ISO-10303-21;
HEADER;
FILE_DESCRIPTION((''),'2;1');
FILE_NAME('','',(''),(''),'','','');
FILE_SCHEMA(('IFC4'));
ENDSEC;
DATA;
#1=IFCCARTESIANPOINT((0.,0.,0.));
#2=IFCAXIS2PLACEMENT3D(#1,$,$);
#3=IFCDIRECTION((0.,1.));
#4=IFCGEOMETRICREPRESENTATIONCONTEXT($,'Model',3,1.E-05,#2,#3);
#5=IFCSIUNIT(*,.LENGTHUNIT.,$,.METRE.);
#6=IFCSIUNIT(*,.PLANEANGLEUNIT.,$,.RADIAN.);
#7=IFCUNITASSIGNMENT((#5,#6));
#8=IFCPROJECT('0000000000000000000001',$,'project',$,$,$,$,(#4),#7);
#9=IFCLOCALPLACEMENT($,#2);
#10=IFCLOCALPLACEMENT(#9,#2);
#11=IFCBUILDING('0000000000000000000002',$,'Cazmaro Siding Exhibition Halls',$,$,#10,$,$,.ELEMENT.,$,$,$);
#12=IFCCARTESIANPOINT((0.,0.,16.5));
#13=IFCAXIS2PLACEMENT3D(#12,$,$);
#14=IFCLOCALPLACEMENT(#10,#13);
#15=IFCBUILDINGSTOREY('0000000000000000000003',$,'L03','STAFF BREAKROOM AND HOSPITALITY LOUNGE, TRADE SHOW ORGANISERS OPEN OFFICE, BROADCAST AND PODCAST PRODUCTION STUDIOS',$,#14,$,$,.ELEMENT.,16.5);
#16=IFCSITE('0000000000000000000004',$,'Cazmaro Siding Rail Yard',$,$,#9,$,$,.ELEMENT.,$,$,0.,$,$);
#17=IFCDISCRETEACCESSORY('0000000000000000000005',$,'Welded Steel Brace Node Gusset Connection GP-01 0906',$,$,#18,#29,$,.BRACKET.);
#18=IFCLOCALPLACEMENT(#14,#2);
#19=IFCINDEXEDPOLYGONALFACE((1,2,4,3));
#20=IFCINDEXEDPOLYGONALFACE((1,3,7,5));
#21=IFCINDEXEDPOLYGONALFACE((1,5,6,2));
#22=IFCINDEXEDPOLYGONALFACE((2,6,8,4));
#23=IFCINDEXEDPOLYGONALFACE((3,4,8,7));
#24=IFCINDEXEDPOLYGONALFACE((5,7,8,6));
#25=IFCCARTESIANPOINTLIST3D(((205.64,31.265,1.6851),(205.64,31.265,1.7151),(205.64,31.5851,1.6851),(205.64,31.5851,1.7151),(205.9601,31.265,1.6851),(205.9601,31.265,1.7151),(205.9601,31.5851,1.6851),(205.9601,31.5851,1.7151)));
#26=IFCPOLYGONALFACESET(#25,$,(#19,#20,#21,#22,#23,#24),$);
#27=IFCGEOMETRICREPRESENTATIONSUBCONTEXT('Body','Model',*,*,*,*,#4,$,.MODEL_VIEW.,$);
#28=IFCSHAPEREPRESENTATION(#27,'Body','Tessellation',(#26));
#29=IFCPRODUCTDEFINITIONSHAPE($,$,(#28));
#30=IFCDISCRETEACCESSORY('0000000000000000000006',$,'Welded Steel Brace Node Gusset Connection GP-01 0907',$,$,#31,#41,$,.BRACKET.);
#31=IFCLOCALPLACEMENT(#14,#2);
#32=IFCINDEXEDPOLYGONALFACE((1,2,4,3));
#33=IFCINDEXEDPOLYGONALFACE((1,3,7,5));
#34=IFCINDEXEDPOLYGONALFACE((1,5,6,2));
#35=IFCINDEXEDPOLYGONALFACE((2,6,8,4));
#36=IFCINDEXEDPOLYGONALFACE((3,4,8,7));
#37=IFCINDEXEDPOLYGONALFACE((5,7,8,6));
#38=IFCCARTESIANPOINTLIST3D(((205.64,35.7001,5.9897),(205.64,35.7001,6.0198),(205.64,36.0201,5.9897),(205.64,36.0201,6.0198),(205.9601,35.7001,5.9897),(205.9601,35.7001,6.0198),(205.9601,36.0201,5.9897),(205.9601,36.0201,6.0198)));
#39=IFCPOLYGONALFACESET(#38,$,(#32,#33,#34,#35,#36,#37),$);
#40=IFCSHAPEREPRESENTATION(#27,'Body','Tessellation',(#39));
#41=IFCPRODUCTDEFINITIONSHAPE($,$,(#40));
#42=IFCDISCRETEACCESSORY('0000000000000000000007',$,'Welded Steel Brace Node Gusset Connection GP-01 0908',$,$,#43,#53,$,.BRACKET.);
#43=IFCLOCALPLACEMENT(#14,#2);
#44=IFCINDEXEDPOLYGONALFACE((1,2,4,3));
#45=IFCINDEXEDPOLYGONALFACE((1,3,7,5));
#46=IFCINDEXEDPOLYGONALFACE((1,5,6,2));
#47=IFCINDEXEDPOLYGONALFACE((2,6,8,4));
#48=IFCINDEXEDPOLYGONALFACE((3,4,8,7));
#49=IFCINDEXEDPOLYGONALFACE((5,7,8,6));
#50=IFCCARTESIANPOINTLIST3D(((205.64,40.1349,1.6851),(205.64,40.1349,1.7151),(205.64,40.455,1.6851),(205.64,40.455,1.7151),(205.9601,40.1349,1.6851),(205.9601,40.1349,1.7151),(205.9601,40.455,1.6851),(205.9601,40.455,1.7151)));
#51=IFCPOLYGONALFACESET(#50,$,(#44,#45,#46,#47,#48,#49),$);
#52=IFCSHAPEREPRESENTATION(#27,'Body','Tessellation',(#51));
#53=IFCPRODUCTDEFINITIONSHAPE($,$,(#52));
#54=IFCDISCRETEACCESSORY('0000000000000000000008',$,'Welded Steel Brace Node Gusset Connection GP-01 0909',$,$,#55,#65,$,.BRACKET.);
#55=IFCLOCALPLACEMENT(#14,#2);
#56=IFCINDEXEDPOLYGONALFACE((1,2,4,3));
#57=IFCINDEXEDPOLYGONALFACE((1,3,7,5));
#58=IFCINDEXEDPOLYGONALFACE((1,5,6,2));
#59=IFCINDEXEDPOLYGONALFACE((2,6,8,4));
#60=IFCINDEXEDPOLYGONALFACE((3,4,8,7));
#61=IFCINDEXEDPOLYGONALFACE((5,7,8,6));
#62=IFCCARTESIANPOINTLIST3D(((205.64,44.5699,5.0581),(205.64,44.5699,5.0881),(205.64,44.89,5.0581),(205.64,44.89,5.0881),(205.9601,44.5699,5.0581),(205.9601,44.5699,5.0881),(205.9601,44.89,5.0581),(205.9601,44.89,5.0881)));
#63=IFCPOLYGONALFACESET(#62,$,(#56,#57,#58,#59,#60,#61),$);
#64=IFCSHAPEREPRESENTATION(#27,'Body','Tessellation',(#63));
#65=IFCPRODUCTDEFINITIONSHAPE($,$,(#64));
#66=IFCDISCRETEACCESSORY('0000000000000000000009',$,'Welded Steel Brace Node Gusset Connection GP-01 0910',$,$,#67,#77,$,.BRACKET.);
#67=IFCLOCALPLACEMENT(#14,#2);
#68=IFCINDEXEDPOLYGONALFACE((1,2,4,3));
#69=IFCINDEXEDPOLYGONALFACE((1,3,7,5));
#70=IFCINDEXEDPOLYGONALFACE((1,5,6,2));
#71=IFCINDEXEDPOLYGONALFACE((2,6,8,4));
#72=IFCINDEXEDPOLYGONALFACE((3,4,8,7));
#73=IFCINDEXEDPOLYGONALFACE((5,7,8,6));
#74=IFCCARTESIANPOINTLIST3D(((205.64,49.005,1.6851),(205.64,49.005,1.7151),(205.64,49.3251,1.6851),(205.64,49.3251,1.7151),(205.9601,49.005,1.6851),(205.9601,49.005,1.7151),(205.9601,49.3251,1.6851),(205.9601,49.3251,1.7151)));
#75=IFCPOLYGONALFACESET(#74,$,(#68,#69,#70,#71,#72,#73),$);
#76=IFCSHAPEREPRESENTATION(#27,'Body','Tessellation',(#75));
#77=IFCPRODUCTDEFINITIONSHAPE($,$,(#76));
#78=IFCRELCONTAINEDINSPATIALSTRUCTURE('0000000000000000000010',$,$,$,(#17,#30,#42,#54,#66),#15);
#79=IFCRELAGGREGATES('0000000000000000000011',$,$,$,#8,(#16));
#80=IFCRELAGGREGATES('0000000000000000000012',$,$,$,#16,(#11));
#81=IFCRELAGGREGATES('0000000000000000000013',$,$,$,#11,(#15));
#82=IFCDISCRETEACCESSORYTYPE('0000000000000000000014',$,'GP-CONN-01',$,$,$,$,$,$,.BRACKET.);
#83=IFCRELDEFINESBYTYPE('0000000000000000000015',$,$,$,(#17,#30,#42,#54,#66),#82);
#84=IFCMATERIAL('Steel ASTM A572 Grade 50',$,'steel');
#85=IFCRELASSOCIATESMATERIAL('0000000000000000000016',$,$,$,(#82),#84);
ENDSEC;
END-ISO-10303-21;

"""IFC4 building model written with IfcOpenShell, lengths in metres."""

from ifc_helpers import new_model, si_unit, direction, frame, origin, origin_2d, place, context, subcontext, project, spatial, rectangle, extrude, material, type_object, element, save


model = new_model("IFC4")

# Units and contexts
model_context = context("Model", 3, precision=1e-05, world=origin(), true_north=direction((0.0, 1.0)))
body_context = subcontext(model_context, "Body", "Model", "MODEL_VIEW")
ifc_project = project(units=[si_unit("LENGTHUNIT", "METRE"), si_unit("PLANEANGLEUNIT", "RADIAN")], contexts=[model_context])

# Site, building, storey
site_placement = place(None, origin())
site = spatial("IfcSite", under=ifc_project, at=site_placement, Name="Cazmaro Siding Rail Yard", CompositionType="ELEMENT", RefElevation=0.0)
building_placement = place(site_placement, origin())
building = spatial("IfcBuilding", under=site, at=building_placement, Name="Cazmaro Siding Exhibition Halls", CompositionType="ELEMENT")
storey_placement = place(building_placement, frame((0.0, 0.0, 16.5)))
storey = spatial("IfcBuildingStorey", under=building, at=storey_placement, Name="L03", Description="STAFF BREAKROOM AND HOSPITALITY LOUNGE, TRADE SHOW ORGANISERS OPEN OFFICE, BROADCAST AND PODCAST PRODUCTION STUDIOS", CompositionType="ELEMENT", Elevation=16.5)

# Discrete accessories
ifc_material_1 = material(Name="Steel ASTM A572 Grade 50", Category="steel")
discrete_accessory_type = type_object("IfcDiscreteAccessoryType", Name="GP-CONN-01", PredefinedType="BRACKET", material=ifc_material_1)
for number, where, z_axis, x_axis, name in (
    (1, (205.8, 31.425, 1.6851), (0.0, 0.0, 1.0), (1.0, 0.0, 0.0), "Welded Steel Brace Node Gusset Connection GP-01 0906"),
    (2, (205.8, 35.8601, 5.9897), (0.0, 0.0, 1.0), (1.0, 0.0, 0.0), "Welded Steel Brace Node Gusset Connection GP-01 0907"),
    (3, (205.8, 40.2949, 1.6851), (0.0, 0.0, 1.0), (1.0, 0.0, 0.0), "Welded Steel Brace Node Gusset Connection GP-01 0908"),
    (4, (205.8, 44.73, 5.0581), (0.0, 0.0, 1.0), (1.0, 0.0, 0.0), "Welded Steel Brace Node Gusset Connection GP-01 0909"),
    (5, (205.8, 49.165, 1.6851), (0.0, 0.0, 1.0), (1.0, 0.0, 0.0), "Welded Steel Brace Node Gusset Connection GP-01 0910"),
):
    element("IfcDiscreteAccessory", number, at=place(storey_placement, frame(where, z_axis=z_axis, x_axis=x_axis)), inside=storey, type_object=discrete_accessory_type, Name=name, PredefinedType="BRACKET", context=body_context, shape_type="SweptSolid", body=[
        extrude(rectangle(XDim=0.3201, YDim=0.3201, at=origin_2d()), origin(), (0.0, 0.0, 1.0), 0.03),
    ])

save(model, "model.ifc")
